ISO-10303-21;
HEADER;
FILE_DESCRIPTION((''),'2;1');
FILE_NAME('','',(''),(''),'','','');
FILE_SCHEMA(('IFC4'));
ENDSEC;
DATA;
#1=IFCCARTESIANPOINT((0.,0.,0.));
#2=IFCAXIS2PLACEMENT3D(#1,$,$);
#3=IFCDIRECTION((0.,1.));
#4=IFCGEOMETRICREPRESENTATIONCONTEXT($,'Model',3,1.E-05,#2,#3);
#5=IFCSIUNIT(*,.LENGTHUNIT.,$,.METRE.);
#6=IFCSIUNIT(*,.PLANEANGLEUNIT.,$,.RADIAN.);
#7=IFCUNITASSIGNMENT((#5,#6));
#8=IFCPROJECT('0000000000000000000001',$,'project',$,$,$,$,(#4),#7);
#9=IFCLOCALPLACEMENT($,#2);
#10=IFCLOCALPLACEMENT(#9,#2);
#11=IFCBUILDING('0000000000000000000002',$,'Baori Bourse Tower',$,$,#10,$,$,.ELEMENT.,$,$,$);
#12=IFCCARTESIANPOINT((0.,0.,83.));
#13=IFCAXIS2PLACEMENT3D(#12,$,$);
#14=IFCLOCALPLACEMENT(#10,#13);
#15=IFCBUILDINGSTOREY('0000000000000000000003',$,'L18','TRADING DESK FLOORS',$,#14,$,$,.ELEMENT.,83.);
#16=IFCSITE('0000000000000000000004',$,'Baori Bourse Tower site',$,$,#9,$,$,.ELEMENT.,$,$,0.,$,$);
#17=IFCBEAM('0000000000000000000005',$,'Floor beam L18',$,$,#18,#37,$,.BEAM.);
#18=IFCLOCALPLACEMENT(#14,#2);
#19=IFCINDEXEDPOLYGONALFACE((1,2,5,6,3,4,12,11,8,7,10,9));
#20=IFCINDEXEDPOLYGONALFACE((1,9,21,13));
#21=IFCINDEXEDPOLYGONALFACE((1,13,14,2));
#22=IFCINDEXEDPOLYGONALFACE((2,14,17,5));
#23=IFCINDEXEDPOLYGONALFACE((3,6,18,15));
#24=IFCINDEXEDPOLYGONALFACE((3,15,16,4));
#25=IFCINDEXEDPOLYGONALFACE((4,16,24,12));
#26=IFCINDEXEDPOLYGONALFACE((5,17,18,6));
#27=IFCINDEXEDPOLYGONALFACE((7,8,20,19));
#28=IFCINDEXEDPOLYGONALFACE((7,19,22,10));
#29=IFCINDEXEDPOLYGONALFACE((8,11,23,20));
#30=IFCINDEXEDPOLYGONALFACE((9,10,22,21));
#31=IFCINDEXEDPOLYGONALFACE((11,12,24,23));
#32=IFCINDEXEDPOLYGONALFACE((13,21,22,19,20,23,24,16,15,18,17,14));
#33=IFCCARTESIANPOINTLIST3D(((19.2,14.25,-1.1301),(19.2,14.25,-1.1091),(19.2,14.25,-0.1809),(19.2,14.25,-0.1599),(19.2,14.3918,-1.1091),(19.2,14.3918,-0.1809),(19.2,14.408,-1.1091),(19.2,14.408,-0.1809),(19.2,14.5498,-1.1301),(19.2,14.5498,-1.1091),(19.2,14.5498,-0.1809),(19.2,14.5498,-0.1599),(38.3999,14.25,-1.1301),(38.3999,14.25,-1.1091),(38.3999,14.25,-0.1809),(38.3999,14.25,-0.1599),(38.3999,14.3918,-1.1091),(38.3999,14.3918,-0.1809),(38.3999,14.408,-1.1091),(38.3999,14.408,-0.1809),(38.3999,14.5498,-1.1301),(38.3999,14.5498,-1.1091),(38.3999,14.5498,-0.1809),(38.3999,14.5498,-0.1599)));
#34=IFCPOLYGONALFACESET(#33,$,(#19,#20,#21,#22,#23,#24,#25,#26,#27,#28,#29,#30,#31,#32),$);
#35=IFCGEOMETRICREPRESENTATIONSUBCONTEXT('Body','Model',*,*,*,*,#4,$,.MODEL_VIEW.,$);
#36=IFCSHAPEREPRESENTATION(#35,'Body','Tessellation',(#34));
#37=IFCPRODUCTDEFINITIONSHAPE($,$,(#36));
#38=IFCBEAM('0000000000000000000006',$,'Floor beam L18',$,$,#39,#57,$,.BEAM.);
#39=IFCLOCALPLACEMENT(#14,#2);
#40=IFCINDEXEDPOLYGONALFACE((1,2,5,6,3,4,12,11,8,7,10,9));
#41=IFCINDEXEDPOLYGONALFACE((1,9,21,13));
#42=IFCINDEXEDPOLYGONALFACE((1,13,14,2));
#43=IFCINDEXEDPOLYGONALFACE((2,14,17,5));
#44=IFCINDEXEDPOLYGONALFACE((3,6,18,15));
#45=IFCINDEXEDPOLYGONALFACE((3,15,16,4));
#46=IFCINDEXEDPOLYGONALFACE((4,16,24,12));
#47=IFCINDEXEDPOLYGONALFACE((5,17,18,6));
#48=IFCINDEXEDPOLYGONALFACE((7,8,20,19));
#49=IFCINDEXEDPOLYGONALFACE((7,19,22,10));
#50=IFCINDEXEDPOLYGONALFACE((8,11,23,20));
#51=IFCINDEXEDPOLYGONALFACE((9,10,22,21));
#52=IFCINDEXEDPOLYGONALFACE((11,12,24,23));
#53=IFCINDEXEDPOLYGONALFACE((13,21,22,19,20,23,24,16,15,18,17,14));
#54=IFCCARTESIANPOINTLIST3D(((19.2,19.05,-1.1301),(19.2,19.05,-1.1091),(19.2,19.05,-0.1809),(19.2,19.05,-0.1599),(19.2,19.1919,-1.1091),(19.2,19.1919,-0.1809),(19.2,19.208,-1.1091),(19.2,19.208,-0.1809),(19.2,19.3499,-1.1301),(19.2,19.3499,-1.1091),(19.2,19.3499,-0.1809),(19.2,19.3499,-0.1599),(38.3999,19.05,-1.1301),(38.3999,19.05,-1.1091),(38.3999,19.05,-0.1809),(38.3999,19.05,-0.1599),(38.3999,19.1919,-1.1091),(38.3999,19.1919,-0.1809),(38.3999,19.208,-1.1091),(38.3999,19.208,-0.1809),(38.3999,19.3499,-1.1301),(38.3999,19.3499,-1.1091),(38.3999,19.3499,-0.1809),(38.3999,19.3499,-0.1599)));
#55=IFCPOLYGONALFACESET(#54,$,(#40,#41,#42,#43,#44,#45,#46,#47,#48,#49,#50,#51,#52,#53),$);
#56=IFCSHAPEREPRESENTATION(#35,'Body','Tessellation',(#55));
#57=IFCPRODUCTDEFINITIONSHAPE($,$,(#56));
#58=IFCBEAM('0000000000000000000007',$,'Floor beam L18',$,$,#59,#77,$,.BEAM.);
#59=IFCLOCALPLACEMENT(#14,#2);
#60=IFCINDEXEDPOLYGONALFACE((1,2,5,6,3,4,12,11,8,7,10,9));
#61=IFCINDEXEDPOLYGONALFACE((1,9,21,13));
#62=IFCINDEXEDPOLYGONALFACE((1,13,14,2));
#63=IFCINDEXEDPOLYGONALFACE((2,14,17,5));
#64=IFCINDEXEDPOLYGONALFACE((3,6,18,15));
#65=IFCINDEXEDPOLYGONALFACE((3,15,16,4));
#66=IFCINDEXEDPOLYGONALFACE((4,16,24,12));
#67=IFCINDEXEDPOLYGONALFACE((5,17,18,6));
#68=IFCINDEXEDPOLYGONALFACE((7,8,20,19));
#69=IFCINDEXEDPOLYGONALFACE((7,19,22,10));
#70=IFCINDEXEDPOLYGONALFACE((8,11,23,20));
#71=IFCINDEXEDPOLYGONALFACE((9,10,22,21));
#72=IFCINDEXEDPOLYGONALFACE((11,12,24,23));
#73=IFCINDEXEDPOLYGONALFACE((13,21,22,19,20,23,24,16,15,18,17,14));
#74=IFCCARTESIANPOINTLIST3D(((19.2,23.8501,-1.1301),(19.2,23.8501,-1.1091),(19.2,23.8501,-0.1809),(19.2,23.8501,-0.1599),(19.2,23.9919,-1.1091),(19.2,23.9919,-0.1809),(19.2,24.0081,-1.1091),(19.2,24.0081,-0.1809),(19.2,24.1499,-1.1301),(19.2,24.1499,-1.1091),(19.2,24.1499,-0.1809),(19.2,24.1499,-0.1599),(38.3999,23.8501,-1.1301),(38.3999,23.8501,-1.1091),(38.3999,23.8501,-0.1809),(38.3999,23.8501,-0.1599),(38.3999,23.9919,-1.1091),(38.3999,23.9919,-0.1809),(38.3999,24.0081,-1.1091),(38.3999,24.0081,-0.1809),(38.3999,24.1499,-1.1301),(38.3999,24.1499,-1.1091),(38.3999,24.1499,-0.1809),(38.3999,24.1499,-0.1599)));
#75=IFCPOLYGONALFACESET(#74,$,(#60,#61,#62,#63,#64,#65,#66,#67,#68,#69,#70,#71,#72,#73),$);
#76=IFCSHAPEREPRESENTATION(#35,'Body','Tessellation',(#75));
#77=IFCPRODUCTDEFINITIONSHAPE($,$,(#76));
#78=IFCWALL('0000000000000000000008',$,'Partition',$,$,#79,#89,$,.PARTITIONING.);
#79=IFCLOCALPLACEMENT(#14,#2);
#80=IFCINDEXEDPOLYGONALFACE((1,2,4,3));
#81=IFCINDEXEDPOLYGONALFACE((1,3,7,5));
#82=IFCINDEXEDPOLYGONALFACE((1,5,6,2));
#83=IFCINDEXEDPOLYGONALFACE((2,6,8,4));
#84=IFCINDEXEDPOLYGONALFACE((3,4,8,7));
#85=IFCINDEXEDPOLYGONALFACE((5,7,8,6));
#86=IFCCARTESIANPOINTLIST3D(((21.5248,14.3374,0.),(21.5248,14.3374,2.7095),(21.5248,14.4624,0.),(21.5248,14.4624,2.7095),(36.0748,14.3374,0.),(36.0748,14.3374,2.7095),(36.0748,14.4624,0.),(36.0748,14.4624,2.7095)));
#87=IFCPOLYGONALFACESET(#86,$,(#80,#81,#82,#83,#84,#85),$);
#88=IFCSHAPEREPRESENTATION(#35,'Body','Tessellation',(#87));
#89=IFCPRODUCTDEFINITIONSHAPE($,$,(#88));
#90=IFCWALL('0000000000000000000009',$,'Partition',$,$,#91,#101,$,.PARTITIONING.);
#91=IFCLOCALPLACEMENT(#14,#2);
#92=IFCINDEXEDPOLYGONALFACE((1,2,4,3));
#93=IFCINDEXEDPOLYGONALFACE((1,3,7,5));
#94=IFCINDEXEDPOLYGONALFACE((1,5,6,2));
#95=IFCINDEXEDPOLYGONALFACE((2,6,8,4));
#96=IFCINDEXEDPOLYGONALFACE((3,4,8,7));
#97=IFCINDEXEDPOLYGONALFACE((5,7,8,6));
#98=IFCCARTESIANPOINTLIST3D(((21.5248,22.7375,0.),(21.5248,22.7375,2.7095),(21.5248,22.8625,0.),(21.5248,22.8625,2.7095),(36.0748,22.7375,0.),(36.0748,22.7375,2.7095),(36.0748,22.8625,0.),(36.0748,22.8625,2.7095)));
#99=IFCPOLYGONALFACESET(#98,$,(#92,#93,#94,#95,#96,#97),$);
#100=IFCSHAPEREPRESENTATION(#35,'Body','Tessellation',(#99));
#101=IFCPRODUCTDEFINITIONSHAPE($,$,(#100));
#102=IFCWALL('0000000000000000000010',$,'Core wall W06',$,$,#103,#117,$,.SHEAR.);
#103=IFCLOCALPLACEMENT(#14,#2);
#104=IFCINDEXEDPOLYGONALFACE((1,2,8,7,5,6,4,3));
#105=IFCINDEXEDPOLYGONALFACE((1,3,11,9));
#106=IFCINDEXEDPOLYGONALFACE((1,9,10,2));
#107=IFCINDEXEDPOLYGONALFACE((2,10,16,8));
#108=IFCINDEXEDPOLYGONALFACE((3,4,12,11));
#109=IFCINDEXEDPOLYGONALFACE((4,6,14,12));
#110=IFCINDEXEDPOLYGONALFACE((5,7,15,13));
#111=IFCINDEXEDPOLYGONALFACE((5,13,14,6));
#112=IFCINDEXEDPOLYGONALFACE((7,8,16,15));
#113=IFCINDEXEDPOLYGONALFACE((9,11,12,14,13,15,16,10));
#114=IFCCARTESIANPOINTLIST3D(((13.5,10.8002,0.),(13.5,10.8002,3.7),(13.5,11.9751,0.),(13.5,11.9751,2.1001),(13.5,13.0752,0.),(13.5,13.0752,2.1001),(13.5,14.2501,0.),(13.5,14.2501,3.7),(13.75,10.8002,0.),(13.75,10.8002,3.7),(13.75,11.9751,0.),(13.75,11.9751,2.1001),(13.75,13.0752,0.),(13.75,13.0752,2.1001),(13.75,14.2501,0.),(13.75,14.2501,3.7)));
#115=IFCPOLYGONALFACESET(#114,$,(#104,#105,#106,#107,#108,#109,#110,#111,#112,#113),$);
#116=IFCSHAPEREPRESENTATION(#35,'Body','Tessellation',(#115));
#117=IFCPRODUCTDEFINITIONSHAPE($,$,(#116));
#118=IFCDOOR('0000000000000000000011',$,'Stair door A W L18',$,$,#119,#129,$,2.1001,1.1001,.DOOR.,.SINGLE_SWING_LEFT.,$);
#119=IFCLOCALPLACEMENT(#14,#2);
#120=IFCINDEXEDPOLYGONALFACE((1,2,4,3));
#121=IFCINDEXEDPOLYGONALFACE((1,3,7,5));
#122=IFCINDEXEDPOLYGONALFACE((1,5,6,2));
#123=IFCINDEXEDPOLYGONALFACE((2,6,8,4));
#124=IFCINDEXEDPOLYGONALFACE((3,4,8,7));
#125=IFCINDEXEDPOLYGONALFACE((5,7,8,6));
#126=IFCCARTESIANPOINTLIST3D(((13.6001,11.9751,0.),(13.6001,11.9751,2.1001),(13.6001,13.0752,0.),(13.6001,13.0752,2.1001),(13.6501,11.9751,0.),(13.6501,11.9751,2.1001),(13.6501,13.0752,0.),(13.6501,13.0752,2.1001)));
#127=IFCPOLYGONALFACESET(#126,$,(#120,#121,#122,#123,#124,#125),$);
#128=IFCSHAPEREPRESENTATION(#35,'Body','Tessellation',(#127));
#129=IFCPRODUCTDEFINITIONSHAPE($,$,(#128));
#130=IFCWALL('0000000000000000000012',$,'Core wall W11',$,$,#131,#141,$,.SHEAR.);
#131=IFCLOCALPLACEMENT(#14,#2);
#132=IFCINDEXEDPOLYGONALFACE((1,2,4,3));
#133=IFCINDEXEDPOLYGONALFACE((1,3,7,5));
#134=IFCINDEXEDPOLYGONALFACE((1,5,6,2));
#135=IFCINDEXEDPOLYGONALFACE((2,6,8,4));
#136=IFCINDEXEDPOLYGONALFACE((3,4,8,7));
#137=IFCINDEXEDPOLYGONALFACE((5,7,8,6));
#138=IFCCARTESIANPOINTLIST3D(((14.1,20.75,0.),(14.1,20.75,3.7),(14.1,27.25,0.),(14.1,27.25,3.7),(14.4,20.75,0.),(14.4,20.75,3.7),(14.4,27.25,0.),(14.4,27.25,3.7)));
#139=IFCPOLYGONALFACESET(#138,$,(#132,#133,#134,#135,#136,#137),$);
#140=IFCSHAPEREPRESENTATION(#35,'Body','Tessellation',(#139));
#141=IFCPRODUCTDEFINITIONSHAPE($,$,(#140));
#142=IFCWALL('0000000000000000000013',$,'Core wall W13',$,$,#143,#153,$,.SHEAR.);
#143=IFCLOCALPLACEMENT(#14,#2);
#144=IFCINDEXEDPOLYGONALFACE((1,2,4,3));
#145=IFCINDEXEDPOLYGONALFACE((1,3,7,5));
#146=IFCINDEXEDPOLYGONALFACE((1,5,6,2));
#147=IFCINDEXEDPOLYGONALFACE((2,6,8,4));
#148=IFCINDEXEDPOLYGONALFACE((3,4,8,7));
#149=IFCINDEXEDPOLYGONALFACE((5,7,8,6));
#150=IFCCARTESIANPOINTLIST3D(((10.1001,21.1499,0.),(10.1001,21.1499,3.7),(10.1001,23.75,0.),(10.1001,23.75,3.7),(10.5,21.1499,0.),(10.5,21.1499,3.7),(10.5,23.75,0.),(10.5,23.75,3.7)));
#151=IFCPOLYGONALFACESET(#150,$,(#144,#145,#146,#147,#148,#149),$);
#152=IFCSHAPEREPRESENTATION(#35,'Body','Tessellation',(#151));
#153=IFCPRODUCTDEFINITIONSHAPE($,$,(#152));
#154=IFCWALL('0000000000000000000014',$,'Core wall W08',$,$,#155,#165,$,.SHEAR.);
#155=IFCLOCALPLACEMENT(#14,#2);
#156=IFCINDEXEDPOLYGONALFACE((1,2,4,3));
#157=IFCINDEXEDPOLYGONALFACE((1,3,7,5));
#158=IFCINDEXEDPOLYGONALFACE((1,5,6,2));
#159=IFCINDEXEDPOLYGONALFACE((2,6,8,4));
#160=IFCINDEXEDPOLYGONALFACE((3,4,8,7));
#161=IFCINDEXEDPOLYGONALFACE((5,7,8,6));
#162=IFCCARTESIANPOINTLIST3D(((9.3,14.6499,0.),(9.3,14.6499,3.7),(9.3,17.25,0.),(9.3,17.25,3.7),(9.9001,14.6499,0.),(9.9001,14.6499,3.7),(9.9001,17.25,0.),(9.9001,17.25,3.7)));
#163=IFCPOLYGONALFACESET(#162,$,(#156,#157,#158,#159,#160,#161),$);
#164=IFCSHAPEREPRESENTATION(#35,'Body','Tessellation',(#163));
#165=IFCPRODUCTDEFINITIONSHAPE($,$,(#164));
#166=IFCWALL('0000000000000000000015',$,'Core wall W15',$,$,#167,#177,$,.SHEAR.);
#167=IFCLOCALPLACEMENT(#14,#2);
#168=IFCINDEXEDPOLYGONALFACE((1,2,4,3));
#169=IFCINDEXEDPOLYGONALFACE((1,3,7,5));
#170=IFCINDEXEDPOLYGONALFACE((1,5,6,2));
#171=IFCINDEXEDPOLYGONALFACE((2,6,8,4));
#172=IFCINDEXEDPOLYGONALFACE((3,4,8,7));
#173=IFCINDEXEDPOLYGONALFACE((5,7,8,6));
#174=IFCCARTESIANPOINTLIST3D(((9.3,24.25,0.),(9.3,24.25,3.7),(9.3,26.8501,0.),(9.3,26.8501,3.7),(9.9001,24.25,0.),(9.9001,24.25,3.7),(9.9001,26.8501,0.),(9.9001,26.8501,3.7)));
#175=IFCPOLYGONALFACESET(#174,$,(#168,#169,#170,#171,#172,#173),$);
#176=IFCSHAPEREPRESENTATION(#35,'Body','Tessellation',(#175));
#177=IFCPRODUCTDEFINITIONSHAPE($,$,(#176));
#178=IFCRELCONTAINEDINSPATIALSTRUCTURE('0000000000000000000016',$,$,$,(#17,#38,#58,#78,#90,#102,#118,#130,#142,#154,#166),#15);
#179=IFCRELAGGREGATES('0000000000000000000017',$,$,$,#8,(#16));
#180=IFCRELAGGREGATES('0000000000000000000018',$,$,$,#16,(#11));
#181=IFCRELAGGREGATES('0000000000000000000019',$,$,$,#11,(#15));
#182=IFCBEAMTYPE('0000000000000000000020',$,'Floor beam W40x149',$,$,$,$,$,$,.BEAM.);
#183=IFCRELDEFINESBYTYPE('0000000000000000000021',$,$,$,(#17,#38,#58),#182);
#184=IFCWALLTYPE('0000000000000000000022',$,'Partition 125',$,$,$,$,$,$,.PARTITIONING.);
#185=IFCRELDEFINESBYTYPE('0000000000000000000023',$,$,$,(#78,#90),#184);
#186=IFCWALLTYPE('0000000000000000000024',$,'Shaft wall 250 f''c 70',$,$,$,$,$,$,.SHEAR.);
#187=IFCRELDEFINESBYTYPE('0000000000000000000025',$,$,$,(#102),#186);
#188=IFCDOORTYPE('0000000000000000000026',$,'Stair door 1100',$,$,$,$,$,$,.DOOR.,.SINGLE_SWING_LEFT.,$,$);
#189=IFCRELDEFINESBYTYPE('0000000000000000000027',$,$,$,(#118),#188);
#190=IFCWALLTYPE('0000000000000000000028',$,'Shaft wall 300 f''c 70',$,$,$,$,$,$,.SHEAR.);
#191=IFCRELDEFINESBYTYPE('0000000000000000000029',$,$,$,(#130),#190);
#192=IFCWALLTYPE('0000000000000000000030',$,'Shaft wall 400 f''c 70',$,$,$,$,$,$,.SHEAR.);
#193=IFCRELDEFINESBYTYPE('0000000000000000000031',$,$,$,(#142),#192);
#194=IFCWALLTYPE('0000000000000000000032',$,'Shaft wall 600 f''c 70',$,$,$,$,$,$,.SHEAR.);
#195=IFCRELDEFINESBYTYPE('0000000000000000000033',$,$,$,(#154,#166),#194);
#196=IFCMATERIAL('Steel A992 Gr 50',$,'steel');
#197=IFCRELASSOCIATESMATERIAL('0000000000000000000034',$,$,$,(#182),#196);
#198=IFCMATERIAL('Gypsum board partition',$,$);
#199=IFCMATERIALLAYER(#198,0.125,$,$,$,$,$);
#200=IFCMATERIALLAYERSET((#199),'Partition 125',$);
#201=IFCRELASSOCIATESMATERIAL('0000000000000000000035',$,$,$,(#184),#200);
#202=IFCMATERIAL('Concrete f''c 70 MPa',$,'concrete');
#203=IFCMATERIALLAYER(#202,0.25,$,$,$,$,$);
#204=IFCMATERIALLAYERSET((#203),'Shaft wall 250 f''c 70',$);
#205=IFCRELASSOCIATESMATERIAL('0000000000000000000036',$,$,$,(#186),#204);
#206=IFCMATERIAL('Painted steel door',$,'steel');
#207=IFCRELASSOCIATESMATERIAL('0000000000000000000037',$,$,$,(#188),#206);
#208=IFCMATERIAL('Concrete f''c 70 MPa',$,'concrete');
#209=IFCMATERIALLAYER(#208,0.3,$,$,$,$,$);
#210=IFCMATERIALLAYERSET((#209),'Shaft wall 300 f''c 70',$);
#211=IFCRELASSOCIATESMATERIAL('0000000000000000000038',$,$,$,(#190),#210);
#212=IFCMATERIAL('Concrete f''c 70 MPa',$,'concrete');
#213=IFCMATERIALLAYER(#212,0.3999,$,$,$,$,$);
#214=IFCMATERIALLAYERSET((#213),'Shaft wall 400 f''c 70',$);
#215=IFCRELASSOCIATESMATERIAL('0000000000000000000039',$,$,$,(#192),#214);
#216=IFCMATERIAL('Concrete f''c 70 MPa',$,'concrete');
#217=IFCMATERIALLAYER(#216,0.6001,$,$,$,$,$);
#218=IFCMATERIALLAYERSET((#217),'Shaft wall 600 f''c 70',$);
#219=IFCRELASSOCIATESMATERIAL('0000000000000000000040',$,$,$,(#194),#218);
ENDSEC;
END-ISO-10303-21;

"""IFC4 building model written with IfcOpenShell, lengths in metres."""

from ifc_helpers import new_model, si_unit, direction, frame, frame_2d, origin, origin_2d, place, context, subcontext, project, spatial, rectangle, i_section, extrude, material, layer, layer_set, material_profile, profile_set, type_object, element, fill, save


model = new_model("IFC4")

# Units and contexts
model_context = context("Model", 3, precision=1e-05, world=origin(), true_north=direction((0.0, 1.0)))
body_context = subcontext(model_context, "Body", "Model", "MODEL_VIEW")
ifc_project = project(units=[si_unit("LENGTHUNIT", "METRE"), si_unit("PLANEANGLEUNIT", "RADIAN")], contexts=[model_context])

# Site, building, storey
site_placement = place(None, origin())
site = spatial("IfcSite", under=ifc_project, at=site_placement, Name="Baori Bourse Tower site", CompositionType="ELEMENT", RefElevation=0.0)
building_placement = place(site_placement, origin())
building = spatial("IfcBuilding", under=site, at=building_placement, Name="Baori Bourse Tower", CompositionType="ELEMENT")
storey_placement = place(building_placement, frame((0.0, 0.0, 83.0)))
storey = spatial("IfcBuildingStorey", under=building, at=storey_placement, Name="L18", Description="TRADING DESK FLOORS", CompositionType="ELEMENT", Elevation=83.0)

# Beams
ifc_material_1 = material(Name="Steel A992 Gr 50", Category="steel")
ifc_material_profile = material_profile(ifc_material_1, i_section(OverallWidth=0.2998, OverallDepth=0.9702, WebThickness=0.0161, FlangeThickness=0.021, at=origin_2d()), Name="W40x149")
ifc_profile_set = profile_set([ifc_material_profile], Name="Steel A992 Gr 50")
beam_type = type_object("IfcBeamType", Name="Floor beam W40x149", PredefinedType="BEAM", material=ifc_profile_set)
for number, where, z_axis, x_axis, name in (
    (1, (19.2, 14.3999, -0.645), (1.0, 0.0, 0.0), (0.0, 1.0, 0.0), "Floor beam L18"),
    (2, (19.2, 19.2, -0.645), (1.0, 0.0, 0.0), (0.0, 1.0, 0.0), "Floor beam L18"),
    (3, (19.2, 24.0, -0.645), (1.0, 0.0, 0.0), (0.0, 1.0, 0.0), "Floor beam L18"),
):
    element("IfcBeam", number, at=place(storey_placement, frame(where, z_axis=z_axis, x_axis=x_axis)), inside=storey, type_object=beam_type, Name=name, PredefinedType="BEAM", context=body_context, shape_type="SweptSolid", body=[
        extrude(i_section(OverallWidth=0.2998, OverallDepth=0.9702, WebThickness=0.0161, FlangeThickness=0.021, at=origin_2d()), origin(), (0.0, 0.0, 1.0), 19.2),
    ])

# Walls
ifc_material_2 = material(Name="Gypsum board partition")
ifc_layer_1 = layer(ifc_material_2, 0.125)
ifc_layer_set_1 = layer_set([ifc_layer_1], Name="Partition 125")
wall_type_1 = type_object("IfcWallType", Name="Partition 125", PredefinedType="PARTITIONING", material=ifc_layer_set_1)
for number, where, z_axis, x_axis, name in (
    (4, (21.5249, 14.3999, 0.0), (0.0, 0.0, 1.0), (1.0, 0.0, 0.0), "Partition"),
    (5, (21.5249, 22.8, 0.0), (0.0, 0.0, 1.0), (1.0, 0.0, 0.0), "Partition"),
):
    element("IfcWall", number, at=place(storey_placement, frame(where, z_axis=z_axis, x_axis=x_axis)), inside=storey, type_object=wall_type_1, Name=name, PredefinedType="PARTITIONING", context=body_context, shape_type="SweptSolid", body=[
        extrude(rectangle(XDim=14.55, YDim=0.125, at=frame_2d((7.2749, 0.0))), origin(), (0.0, 0.0, 1.0), 2.7095),
    ])

# Wall, opening, door
ifc_material_3 = material(Name="Concrete f'c 70 MPa", Category="concrete")
ifc_layer_2 = layer(ifc_material_3, 0.25)
ifc_layer_set_2 = layer_set([ifc_layer_2], Name="Shaft wall 250 f'c 70")
wall_type_2 = type_object("IfcWallType", Name="Shaft wall 250 f'c 70", PredefinedType="SHEAR", material=ifc_layer_set_2)
wall_1_placement = place(storey_placement, frame((13.625, 10.8, 0.0), z_axis=(0.0, 0.0, 1.0), x_axis=(0.0, 1.0, 0.0)))
wall_1 = element("IfcWall", 6, at=wall_1_placement, inside=storey, type_object=wall_type_2, Name="Core wall W06", PredefinedType="SHEAR", context=body_context, shape_type="SweptSolid", body=[
    extrude(rectangle(XDim=3.45, YDim=0.25, at=frame_2d((1.7251, 0.0))), origin(), (0.0, 0.0, 1.0), 3.7),
])
opening_placement = place(wall_1_placement, frame((1.175, 0.0, 0.0)))
opening = element("IfcOpeningElement", 7, at=opening_placement, cuts=wall_1, PredefinedType="OPENING", context=body_context, shape_type="SweptSolid", body=[
    extrude(rectangle(XDim=1.1001, YDim=2.1001, at=frame_2d((0.55, 1.05))), frame((0.0, 0.135, 0.0), z_axis=(0.0, -1.0, 0.0), x_axis=(1.0, 0.0, 0.0)), (0.0, 0.0, 1.0), 0.27),
])
ifc_material_4 = material(Name="Painted steel door", Category="steel")
door_type = type_object("IfcDoorType", Name="Stair door 1100", OperationType="SINGLE_SWING_LEFT", PredefinedType="DOOR", material=ifc_material_4)
door_placement = place(opening_placement, origin())
door = element("IfcDoor", 8, at=door_placement, inside=storey, type_object=door_type, Name="Stair door A W L18", OperationType="SINGLE_SWING_LEFT", OverallHeight=2.1001, OverallWidth=1.1001, PredefinedType="DOOR", context=body_context, shape_type="SweptSolid", body=[
    extrude(rectangle(XDim=1.1001, YDim=2.1001, at=frame_2d((0.55, 1.05))), frame((0.0, 0.0249, 0.0), z_axis=(0.0, -1.0, 0.0), x_axis=(1.0, 0.0, 0.0)), (0.0, 0.0, 1.0), 0.05),
])
fill(opening, door)

# Walls
ifc_material_5 = material(Name="Concrete f'c 70 MPa", Category="concrete")
ifc_layer_3 = layer(ifc_material_5, 0.3)
ifc_layer_set_3 = layer_set([ifc_layer_3], Name="Shaft wall 300 f'c 70")
wall_type_3 = type_object("IfcWallType", Name="Shaft wall 300 f'c 70", PredefinedType="SHEAR", material=ifc_layer_set_3)
wall_2_placement = place(storey_placement, frame((14.25, 20.75, 0.0), z_axis=(0.0, 0.0, 1.0), x_axis=(0.0, 1.0, 0.0)))
element("IfcWall", 9, at=wall_2_placement, inside=storey, type_object=wall_type_3, Name="Core wall W11", PredefinedType="SHEAR", context=body_context, shape_type="SweptSolid", body=[
    extrude(rectangle(XDim=6.5, YDim=0.3, at=frame_2d((3.25, 0.0))), origin(), (0.0, 0.0, 1.0), 3.7),
])
ifc_material_6 = material(Name="Concrete f'c 70 MPa", Category="concrete")
ifc_layer_4 = layer(ifc_material_6, 0.3999)
ifc_layer_set_4 = layer_set([ifc_layer_4], Name="Shaft wall 400 f'c 70")
wall_type_4 = type_object("IfcWallType", Name="Shaft wall 400 f'c 70", PredefinedType="SHEAR", material=ifc_layer_set_4)
wall_3_placement = place(storey_placement, frame((10.3, 21.1499, 0.0), z_axis=(0.0, 0.0, 1.0), x_axis=(0.0, 1.0, 0.0)))
element("IfcWall", 10, at=wall_3_placement, inside=storey, type_object=wall_type_4, Name="Core wall W13", PredefinedType="SHEAR", context=body_context, shape_type="SweptSolid", body=[
    extrude(rectangle(XDim=2.6001, YDim=0.3999, at=frame_2d((1.3, 0.0))), origin(), (0.0, 0.0, 1.0), 3.7),
])
ifc_material_7 = material(Name="Concrete f'c 70 MPa", Category="concrete")
ifc_layer_5 = layer(ifc_material_7, 0.6001)
ifc_layer_set_5 = layer_set([ifc_layer_5], Name="Shaft wall 600 f'c 70")
wall_type_5 = type_object("IfcWallType", Name="Shaft wall 600 f'c 70", PredefinedType="SHEAR", material=ifc_layer_set_5)
for number, where, z_axis, x_axis, name in (
    (11, (9.6001, 14.6499, 0.0), (0.0, 0.0, 1.0), (0.0, 1.0, 0.0), "Core wall W08"),
    (12, (9.6001, 24.25, 0.0), (0.0, 0.0, 1.0), (0.0, 1.0, 0.0), "Core wall W15"),
):
    element("IfcWall", number, at=place(storey_placement, frame(where, z_axis=z_axis, x_axis=x_axis)), inside=storey, type_object=wall_type_5, Name=name, PredefinedType="SHEAR", context=body_context, shape_type="SweptSolid", body=[
        extrude(rectangle(XDim=2.6001, YDim=0.6001, at=frame_2d((1.3, 0.0))), origin(), (0.0, 0.0, 1.0), 3.7),
    ])

save(model, "model.ifc")
